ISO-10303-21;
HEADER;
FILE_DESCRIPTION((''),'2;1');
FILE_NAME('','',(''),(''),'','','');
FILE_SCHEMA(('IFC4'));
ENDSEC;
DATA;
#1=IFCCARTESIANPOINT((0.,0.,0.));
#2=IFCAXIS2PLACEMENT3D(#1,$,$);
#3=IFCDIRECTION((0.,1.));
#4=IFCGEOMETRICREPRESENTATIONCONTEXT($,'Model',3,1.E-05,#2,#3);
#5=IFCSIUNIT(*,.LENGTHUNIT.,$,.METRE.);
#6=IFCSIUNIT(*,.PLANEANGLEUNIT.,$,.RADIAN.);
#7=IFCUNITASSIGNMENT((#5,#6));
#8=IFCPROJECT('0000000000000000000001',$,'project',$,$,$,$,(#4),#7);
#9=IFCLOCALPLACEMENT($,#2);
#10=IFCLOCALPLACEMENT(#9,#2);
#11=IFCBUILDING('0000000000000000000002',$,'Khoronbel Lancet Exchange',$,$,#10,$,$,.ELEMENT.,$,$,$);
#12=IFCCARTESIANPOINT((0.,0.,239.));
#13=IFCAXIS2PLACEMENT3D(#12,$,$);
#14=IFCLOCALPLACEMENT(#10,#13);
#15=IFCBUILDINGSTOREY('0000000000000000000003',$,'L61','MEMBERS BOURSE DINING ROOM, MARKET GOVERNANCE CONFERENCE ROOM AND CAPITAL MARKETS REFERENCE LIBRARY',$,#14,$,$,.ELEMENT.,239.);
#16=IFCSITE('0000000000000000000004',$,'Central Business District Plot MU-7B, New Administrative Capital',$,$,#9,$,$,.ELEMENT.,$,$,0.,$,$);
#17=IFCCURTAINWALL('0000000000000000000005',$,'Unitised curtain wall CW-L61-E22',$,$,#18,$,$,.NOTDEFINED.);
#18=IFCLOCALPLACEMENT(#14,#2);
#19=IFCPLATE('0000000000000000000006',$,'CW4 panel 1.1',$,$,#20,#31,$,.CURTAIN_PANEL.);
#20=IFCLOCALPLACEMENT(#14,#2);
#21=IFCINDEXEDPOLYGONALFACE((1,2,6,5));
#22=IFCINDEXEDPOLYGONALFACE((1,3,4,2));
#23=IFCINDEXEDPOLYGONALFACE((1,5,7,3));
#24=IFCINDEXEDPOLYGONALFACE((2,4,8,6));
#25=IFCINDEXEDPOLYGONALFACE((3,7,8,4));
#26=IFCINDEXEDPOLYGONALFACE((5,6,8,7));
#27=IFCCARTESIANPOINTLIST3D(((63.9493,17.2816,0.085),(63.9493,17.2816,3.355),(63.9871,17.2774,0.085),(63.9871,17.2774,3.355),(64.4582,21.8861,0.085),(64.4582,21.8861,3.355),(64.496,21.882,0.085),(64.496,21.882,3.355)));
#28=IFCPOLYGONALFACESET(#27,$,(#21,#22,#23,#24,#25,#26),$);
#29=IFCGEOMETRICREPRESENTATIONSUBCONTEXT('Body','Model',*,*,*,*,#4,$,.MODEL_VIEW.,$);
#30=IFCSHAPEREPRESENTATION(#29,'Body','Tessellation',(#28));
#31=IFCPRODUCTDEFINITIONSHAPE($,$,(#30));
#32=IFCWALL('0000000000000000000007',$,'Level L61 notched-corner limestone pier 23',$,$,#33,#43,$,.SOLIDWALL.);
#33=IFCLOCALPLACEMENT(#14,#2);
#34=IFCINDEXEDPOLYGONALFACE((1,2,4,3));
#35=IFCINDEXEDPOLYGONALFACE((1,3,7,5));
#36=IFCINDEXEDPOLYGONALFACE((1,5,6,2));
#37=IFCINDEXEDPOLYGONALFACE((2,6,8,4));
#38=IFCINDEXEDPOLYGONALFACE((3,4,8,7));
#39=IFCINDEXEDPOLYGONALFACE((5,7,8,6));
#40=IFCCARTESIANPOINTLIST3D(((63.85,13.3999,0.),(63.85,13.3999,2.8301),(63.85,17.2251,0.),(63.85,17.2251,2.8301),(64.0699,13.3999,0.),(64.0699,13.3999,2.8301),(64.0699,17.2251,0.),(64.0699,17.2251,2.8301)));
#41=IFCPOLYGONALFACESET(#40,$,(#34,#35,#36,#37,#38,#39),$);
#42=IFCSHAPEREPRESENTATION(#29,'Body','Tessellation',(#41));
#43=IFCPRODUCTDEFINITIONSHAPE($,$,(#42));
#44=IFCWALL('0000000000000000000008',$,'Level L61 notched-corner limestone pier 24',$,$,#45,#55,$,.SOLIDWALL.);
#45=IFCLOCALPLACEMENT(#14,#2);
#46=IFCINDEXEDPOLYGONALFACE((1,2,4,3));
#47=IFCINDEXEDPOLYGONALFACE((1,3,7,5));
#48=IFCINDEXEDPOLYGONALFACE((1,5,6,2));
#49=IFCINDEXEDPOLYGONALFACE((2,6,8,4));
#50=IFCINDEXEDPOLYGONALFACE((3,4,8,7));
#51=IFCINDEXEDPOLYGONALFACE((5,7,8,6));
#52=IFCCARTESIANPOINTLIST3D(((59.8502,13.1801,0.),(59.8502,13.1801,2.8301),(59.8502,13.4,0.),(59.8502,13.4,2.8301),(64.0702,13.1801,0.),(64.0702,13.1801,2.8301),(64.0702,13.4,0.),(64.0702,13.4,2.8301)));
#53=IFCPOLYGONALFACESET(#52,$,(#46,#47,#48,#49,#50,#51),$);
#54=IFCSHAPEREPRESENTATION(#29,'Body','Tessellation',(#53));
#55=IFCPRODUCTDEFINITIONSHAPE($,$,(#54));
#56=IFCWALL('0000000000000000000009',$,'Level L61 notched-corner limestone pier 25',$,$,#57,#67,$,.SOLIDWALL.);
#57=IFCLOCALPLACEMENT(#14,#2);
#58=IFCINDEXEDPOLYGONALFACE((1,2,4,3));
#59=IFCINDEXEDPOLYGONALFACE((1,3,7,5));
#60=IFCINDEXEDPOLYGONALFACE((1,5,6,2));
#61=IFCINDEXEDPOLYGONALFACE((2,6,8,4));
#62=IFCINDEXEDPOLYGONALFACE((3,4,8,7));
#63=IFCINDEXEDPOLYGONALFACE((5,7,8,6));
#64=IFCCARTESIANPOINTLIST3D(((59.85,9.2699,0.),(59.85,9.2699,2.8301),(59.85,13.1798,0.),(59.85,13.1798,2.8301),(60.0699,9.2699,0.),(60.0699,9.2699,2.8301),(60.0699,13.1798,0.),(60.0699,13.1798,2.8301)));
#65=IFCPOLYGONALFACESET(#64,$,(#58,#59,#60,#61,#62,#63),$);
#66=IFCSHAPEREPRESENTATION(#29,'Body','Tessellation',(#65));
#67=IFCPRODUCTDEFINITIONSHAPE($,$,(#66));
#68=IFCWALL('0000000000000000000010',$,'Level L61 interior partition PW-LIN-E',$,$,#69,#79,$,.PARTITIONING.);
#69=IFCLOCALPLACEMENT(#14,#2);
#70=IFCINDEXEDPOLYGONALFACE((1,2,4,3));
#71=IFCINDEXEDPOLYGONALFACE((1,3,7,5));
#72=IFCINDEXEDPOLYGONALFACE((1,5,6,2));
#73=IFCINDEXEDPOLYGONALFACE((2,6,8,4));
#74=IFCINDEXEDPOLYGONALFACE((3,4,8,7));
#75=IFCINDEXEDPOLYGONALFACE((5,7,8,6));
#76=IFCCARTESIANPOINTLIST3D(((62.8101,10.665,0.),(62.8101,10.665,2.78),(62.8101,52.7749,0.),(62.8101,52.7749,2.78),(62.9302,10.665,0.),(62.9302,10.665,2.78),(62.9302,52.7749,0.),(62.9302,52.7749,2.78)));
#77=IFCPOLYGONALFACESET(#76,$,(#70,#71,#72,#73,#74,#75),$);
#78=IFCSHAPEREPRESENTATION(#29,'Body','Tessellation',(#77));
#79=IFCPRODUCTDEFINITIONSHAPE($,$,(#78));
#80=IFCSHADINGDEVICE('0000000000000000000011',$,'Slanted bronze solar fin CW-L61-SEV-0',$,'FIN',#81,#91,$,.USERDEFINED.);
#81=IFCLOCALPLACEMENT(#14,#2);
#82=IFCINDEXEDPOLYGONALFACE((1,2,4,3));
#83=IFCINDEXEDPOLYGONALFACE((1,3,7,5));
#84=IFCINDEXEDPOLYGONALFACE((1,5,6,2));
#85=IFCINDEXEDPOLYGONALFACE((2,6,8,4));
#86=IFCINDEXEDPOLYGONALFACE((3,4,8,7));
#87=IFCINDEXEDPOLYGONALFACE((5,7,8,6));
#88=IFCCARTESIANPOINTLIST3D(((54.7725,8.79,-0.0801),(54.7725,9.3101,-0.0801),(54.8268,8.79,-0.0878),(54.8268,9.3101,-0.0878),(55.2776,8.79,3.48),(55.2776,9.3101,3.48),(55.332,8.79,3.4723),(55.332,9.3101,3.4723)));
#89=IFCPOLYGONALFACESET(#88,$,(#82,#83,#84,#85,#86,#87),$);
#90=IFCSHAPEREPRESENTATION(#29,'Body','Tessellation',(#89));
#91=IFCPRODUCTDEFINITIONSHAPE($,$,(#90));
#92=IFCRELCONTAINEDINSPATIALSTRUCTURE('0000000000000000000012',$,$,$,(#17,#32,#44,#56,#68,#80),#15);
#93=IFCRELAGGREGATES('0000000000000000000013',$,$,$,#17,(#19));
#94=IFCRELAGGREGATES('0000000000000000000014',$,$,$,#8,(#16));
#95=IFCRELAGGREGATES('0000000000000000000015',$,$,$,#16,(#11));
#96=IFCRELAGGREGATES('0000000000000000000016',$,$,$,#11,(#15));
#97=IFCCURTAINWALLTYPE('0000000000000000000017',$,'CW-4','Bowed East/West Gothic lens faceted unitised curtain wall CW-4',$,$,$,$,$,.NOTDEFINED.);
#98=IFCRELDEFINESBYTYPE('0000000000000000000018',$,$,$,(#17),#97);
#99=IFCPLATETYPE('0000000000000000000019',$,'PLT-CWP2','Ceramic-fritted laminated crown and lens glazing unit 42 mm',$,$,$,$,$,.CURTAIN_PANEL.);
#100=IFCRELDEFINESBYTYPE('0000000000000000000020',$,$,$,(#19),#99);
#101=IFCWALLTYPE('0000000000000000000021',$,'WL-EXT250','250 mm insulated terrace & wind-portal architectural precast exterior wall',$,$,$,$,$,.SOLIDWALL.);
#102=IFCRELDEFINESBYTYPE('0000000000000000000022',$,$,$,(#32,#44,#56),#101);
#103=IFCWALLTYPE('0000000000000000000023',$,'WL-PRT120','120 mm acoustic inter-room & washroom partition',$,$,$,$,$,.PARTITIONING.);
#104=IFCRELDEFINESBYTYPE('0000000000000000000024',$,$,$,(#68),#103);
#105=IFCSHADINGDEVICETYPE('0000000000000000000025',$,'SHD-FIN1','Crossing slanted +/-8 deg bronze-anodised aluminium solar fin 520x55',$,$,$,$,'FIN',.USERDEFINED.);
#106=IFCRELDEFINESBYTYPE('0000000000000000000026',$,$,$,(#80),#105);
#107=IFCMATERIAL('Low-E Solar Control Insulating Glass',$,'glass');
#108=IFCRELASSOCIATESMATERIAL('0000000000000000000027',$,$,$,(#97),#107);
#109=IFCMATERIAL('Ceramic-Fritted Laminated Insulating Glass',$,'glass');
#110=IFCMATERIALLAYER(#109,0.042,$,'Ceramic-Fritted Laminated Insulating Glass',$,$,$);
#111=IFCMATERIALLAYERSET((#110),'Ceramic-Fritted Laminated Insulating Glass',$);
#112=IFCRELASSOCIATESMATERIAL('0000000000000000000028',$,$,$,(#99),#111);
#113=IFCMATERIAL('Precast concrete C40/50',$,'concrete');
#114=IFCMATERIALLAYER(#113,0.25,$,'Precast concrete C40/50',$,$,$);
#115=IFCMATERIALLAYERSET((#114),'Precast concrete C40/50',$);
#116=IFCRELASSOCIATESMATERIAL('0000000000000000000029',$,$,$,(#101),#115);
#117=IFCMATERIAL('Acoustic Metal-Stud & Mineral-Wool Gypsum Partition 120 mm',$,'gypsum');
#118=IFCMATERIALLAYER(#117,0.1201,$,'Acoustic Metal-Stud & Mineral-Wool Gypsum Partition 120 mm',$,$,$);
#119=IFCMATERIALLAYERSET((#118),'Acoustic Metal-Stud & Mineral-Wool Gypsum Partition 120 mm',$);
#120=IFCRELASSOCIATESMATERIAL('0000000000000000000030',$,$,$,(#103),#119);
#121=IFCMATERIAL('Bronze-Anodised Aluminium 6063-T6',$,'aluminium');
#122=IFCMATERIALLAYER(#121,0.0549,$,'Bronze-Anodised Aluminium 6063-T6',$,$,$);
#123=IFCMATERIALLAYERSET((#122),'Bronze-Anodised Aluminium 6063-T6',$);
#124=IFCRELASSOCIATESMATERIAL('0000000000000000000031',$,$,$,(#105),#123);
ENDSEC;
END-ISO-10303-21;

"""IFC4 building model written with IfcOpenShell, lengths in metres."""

from ifc_helpers import new_model, si_unit, direction, frame, frame_2d, origin, origin_2d, place, context, subcontext, project, spatial, polyline, rectangle, outline, extrude, material, layer, layer_set, type_object, element, aggregate, save


model = new_model("IFC4")

# Units and contexts
model_context = context("Model", 3, precision=1e-05, world=origin(), true_north=direction((0.0, 1.0)))
body_context = subcontext(model_context, "Body", "Model", "MODEL_VIEW")
ifc_project = project(units=[si_unit("LENGTHUNIT", "METRE"), si_unit("PLANEANGLEUNIT", "RADIAN")], contexts=[model_context])

# Site, building, storey
site_placement = place(None, origin())
site = spatial("IfcSite", under=ifc_project, at=site_placement, Name="Central Business District Plot MU-7B, New Administrative Capital", CompositionType="ELEMENT", RefElevation=0.0)
building_placement = place(site_placement, origin())
building = spatial("IfcBuilding", under=site, at=building_placement, Name="Khoronbel Lancet Exchange", CompositionType="ELEMENT")
storey_placement = place(building_placement, frame((0.0, 0.0, 239.0)))
storey = spatial("IfcBuildingStorey", under=building, at=storey_placement, Name="L61", Description="MEMBERS BOURSE DINING ROOM, MARKET GOVERNANCE CONFERENCE ROOM AND CAPITAL MARKETS REFERENCE LIBRARY", CompositionType="ELEMENT", Elevation=239.0)

# Shared definitions
ifc_material_1 = material(Name="Low-E Solar Control Insulating Glass", Category="glass")
ifc_material_2 = material(Name="Bronze-Anodised Aluminium 6063-T6", Category="aluminium")

# Shared definitions
curtain_wall_type_1 = type_object("IfcCurtainWallType", Name="CW-4", Description="Bowed East/West Gothic lens faceted unitised curtain wall CW-4", PredefinedType="NOTDEFINED", material=ifc_material_1)

# Curtain wall
curtain_wall_1_placement = place(storey_placement, origin())
curtain_wall_1 = element("IfcCurtainWall", 1, at=curtain_wall_1_placement, inside=storey, type_object=curtain_wall_type_1, Name="Unitised curtain wall CW-L61-E22", PredefinedType="NOTDEFINED")

# Plate
ifc_material_3 = material(Name="Ceramic-Fritted Laminated Insulating Glass", Category="glass")
ifc_layer_1 = layer(ifc_material_3, 0.042, Name="Ceramic-Fritted Laminated Insulating Glass")
ifc_layer_set_1 = layer_set([ifc_layer_1], Name="Ceramic-Fritted Laminated Insulating Glass")
plate_type_1 = type_object("IfcPlateType", Name="PLT-CWP2", Description="Ceramic-fritted laminated crown and lens glazing unit 42 mm", PredefinedType="CURTAIN_PANEL", material=ifc_layer_set_1)
plate_1_placement = place(storey_placement, frame((64.2227, 19.5818, 0.085), z_axis=(0.0, 0.0, 1.0), x_axis=(-0.109858, -0.993947, 0.0)))
plate_1 = element("IfcPlate", 2, at=plate_1_placement, type_object=plate_type_1, Name="CW4 panel 1.1", PredefinedType="CURTAIN_PANEL", context=body_context, shape_type="SweptSolid", body=[
    extrude(rectangle(XDim=4.6326, YDim=0.0381, at=origin_2d()), origin(), (0.0, 0.0, 1.0), 3.27),
])
aggregate(curtain_wall_1, [plate_1])

# Walls
ifc_material_4 = material(Name="Precast concrete C40/50", Category="concrete")
ifc_layer_2 = layer(ifc_material_4, 0.25, Name="Precast concrete C40/50")
ifc_layer_set_2 = layer_set([ifc_layer_2], Name="Precast concrete C40/50")
wall_type_1 = type_object("IfcWallType", Name="WL-EXT250", Description="250 mm insulated terrace & wind-portal architectural precast exterior wall", PredefinedType="SOLIDWALL", material=ifc_layer_set_2)
wall_1_placement = place(storey_placement, frame((63.96, 17.2251, 0.0), z_axis=(0.0, 0.0, 1.0), x_axis=(0.0, -1.0, 0.0)))
element("IfcWall", 3, at=wall_1_placement, inside=storey, type_object=wall_type_1, Name="Level L61 notched-corner limestone pier 23", PredefinedType="SOLIDWALL", context=body_context, shape_type="SweptSolid", body=[
    extrude(rectangle(XDim=3.8252, YDim=0.22, at=frame_2d((1.9126, 0.0))), origin(), (0.0, 0.0, 1.0), 2.8301),
])
wall_2_placement = place(storey_placement, frame((64.0701, 13.29, 0.0), z_axis=(0.0, 0.0, 1.0), x_axis=(-1.0, 0.0, 0.0)))
element("IfcWall", 4, at=wall_2_placement, inside=storey, type_object=wall_type_1, Name="Level L61 notched-corner limestone pier 24", PredefinedType="SOLIDWALL", context=body_context, shape_type="SweptSolid", body=[
    extrude(rectangle(XDim=4.22, YDim=0.22, at=frame_2d((2.1099, 0.0))), origin(), (0.0, 0.0, 1.0), 2.8301),
])
wall_3_placement = place(storey_placement, frame((59.96, 13.1799, 0.0), z_axis=(0.0, 0.0, 1.0), x_axis=(0.0, -1.0, 0.0)))
element("IfcWall", 5, at=wall_3_placement, inside=storey, type_object=wall_type_1, Name="Level L61 notched-corner limestone pier 25", PredefinedType="SOLIDWALL", context=body_context, shape_type="SweptSolid", body=[
    extrude(rectangle(XDim=3.9099, YDim=0.22, at=frame_2d((1.9551, 0.0))), origin(), (0.0, 0.0, 1.0), 2.8301),
])
ifc_material_5 = material(Name="Acoustic Metal-Stud & Mineral-Wool Gypsum Partition 120 mm", Category="gypsum")
ifc_layer_3 = layer(ifc_material_5, 0.1201, Name="Acoustic Metal-Stud & Mineral-Wool Gypsum Partition 120 mm")
ifc_layer_set_3 = layer_set([ifc_layer_3], Name="Acoustic Metal-Stud & Mineral-Wool Gypsum Partition 120 mm")
wall_type_2 = type_object("IfcWallType", Name="WL-PRT120", Description="120 mm acoustic inter-room & washroom partition", PredefinedType="PARTITIONING", material=ifc_layer_set_3)
wall_4_placement = place(storey_placement, frame((62.8701, 10.665, 0.0), z_axis=(0.0, 0.0, 1.0), x_axis=(0.0, 1.0, 0.0)))
element("IfcWall", 6, at=wall_4_placement, inside=storey, type_object=wall_type_2, Name="Level L61 interior partition PW-LIN-E", PredefinedType="PARTITIONING", context=body_context, shape_type="SweptSolid", body=[
    extrude(rectangle(XDim=42.1099, YDim=0.1201, at=frame_2d((21.0549, 0.0))), origin(), (0.0, 0.0, 1.0), 2.78),
])

# Shading device
ifc_layer_4 = layer(ifc_material_2, 0.0549, Name="Bronze-Anodised Aluminium 6063-T6")
ifc_layer_set_4 = layer_set([ifc_layer_4], Name="Bronze-Anodised Aluminium 6063-T6")
shading_device_type = type_object("IfcShadingDeviceType", Name="SHD-FIN1", Description="Crossing slanted +/-8 deg bronze-anodised aluminium solar fin 520x55", ElementType="FIN", PredefinedType="USERDEFINED", material=ifc_layer_set_4)
shading_device_placement = place(storey_placement, frame((54.7725, 9.3101, -0.0801), z_axis=(-0.990083, 0.0, 0.14048), x_axis=(0.0, -1.0, 0.0)))
element("IfcShadingDevice", 7, at=shading_device_placement, inside=storey, type_object=shading_device_type, Name="Slanted bronze solar fin CW-L61-SEV-0", ObjectType="FIN", PredefinedType="USERDEFINED", context=body_context, shape_type="SweptSolid", body=[
    extrude(outline(polyline([(0.0, 0.0), (0.52, 0.0), (0.52, 3.5957), (0.0, 3.5957), (0.0, 0.0)])), origin(), (0.0, 0.0, -1.0), 0.0549),
])

save(model, "model.ifc")
